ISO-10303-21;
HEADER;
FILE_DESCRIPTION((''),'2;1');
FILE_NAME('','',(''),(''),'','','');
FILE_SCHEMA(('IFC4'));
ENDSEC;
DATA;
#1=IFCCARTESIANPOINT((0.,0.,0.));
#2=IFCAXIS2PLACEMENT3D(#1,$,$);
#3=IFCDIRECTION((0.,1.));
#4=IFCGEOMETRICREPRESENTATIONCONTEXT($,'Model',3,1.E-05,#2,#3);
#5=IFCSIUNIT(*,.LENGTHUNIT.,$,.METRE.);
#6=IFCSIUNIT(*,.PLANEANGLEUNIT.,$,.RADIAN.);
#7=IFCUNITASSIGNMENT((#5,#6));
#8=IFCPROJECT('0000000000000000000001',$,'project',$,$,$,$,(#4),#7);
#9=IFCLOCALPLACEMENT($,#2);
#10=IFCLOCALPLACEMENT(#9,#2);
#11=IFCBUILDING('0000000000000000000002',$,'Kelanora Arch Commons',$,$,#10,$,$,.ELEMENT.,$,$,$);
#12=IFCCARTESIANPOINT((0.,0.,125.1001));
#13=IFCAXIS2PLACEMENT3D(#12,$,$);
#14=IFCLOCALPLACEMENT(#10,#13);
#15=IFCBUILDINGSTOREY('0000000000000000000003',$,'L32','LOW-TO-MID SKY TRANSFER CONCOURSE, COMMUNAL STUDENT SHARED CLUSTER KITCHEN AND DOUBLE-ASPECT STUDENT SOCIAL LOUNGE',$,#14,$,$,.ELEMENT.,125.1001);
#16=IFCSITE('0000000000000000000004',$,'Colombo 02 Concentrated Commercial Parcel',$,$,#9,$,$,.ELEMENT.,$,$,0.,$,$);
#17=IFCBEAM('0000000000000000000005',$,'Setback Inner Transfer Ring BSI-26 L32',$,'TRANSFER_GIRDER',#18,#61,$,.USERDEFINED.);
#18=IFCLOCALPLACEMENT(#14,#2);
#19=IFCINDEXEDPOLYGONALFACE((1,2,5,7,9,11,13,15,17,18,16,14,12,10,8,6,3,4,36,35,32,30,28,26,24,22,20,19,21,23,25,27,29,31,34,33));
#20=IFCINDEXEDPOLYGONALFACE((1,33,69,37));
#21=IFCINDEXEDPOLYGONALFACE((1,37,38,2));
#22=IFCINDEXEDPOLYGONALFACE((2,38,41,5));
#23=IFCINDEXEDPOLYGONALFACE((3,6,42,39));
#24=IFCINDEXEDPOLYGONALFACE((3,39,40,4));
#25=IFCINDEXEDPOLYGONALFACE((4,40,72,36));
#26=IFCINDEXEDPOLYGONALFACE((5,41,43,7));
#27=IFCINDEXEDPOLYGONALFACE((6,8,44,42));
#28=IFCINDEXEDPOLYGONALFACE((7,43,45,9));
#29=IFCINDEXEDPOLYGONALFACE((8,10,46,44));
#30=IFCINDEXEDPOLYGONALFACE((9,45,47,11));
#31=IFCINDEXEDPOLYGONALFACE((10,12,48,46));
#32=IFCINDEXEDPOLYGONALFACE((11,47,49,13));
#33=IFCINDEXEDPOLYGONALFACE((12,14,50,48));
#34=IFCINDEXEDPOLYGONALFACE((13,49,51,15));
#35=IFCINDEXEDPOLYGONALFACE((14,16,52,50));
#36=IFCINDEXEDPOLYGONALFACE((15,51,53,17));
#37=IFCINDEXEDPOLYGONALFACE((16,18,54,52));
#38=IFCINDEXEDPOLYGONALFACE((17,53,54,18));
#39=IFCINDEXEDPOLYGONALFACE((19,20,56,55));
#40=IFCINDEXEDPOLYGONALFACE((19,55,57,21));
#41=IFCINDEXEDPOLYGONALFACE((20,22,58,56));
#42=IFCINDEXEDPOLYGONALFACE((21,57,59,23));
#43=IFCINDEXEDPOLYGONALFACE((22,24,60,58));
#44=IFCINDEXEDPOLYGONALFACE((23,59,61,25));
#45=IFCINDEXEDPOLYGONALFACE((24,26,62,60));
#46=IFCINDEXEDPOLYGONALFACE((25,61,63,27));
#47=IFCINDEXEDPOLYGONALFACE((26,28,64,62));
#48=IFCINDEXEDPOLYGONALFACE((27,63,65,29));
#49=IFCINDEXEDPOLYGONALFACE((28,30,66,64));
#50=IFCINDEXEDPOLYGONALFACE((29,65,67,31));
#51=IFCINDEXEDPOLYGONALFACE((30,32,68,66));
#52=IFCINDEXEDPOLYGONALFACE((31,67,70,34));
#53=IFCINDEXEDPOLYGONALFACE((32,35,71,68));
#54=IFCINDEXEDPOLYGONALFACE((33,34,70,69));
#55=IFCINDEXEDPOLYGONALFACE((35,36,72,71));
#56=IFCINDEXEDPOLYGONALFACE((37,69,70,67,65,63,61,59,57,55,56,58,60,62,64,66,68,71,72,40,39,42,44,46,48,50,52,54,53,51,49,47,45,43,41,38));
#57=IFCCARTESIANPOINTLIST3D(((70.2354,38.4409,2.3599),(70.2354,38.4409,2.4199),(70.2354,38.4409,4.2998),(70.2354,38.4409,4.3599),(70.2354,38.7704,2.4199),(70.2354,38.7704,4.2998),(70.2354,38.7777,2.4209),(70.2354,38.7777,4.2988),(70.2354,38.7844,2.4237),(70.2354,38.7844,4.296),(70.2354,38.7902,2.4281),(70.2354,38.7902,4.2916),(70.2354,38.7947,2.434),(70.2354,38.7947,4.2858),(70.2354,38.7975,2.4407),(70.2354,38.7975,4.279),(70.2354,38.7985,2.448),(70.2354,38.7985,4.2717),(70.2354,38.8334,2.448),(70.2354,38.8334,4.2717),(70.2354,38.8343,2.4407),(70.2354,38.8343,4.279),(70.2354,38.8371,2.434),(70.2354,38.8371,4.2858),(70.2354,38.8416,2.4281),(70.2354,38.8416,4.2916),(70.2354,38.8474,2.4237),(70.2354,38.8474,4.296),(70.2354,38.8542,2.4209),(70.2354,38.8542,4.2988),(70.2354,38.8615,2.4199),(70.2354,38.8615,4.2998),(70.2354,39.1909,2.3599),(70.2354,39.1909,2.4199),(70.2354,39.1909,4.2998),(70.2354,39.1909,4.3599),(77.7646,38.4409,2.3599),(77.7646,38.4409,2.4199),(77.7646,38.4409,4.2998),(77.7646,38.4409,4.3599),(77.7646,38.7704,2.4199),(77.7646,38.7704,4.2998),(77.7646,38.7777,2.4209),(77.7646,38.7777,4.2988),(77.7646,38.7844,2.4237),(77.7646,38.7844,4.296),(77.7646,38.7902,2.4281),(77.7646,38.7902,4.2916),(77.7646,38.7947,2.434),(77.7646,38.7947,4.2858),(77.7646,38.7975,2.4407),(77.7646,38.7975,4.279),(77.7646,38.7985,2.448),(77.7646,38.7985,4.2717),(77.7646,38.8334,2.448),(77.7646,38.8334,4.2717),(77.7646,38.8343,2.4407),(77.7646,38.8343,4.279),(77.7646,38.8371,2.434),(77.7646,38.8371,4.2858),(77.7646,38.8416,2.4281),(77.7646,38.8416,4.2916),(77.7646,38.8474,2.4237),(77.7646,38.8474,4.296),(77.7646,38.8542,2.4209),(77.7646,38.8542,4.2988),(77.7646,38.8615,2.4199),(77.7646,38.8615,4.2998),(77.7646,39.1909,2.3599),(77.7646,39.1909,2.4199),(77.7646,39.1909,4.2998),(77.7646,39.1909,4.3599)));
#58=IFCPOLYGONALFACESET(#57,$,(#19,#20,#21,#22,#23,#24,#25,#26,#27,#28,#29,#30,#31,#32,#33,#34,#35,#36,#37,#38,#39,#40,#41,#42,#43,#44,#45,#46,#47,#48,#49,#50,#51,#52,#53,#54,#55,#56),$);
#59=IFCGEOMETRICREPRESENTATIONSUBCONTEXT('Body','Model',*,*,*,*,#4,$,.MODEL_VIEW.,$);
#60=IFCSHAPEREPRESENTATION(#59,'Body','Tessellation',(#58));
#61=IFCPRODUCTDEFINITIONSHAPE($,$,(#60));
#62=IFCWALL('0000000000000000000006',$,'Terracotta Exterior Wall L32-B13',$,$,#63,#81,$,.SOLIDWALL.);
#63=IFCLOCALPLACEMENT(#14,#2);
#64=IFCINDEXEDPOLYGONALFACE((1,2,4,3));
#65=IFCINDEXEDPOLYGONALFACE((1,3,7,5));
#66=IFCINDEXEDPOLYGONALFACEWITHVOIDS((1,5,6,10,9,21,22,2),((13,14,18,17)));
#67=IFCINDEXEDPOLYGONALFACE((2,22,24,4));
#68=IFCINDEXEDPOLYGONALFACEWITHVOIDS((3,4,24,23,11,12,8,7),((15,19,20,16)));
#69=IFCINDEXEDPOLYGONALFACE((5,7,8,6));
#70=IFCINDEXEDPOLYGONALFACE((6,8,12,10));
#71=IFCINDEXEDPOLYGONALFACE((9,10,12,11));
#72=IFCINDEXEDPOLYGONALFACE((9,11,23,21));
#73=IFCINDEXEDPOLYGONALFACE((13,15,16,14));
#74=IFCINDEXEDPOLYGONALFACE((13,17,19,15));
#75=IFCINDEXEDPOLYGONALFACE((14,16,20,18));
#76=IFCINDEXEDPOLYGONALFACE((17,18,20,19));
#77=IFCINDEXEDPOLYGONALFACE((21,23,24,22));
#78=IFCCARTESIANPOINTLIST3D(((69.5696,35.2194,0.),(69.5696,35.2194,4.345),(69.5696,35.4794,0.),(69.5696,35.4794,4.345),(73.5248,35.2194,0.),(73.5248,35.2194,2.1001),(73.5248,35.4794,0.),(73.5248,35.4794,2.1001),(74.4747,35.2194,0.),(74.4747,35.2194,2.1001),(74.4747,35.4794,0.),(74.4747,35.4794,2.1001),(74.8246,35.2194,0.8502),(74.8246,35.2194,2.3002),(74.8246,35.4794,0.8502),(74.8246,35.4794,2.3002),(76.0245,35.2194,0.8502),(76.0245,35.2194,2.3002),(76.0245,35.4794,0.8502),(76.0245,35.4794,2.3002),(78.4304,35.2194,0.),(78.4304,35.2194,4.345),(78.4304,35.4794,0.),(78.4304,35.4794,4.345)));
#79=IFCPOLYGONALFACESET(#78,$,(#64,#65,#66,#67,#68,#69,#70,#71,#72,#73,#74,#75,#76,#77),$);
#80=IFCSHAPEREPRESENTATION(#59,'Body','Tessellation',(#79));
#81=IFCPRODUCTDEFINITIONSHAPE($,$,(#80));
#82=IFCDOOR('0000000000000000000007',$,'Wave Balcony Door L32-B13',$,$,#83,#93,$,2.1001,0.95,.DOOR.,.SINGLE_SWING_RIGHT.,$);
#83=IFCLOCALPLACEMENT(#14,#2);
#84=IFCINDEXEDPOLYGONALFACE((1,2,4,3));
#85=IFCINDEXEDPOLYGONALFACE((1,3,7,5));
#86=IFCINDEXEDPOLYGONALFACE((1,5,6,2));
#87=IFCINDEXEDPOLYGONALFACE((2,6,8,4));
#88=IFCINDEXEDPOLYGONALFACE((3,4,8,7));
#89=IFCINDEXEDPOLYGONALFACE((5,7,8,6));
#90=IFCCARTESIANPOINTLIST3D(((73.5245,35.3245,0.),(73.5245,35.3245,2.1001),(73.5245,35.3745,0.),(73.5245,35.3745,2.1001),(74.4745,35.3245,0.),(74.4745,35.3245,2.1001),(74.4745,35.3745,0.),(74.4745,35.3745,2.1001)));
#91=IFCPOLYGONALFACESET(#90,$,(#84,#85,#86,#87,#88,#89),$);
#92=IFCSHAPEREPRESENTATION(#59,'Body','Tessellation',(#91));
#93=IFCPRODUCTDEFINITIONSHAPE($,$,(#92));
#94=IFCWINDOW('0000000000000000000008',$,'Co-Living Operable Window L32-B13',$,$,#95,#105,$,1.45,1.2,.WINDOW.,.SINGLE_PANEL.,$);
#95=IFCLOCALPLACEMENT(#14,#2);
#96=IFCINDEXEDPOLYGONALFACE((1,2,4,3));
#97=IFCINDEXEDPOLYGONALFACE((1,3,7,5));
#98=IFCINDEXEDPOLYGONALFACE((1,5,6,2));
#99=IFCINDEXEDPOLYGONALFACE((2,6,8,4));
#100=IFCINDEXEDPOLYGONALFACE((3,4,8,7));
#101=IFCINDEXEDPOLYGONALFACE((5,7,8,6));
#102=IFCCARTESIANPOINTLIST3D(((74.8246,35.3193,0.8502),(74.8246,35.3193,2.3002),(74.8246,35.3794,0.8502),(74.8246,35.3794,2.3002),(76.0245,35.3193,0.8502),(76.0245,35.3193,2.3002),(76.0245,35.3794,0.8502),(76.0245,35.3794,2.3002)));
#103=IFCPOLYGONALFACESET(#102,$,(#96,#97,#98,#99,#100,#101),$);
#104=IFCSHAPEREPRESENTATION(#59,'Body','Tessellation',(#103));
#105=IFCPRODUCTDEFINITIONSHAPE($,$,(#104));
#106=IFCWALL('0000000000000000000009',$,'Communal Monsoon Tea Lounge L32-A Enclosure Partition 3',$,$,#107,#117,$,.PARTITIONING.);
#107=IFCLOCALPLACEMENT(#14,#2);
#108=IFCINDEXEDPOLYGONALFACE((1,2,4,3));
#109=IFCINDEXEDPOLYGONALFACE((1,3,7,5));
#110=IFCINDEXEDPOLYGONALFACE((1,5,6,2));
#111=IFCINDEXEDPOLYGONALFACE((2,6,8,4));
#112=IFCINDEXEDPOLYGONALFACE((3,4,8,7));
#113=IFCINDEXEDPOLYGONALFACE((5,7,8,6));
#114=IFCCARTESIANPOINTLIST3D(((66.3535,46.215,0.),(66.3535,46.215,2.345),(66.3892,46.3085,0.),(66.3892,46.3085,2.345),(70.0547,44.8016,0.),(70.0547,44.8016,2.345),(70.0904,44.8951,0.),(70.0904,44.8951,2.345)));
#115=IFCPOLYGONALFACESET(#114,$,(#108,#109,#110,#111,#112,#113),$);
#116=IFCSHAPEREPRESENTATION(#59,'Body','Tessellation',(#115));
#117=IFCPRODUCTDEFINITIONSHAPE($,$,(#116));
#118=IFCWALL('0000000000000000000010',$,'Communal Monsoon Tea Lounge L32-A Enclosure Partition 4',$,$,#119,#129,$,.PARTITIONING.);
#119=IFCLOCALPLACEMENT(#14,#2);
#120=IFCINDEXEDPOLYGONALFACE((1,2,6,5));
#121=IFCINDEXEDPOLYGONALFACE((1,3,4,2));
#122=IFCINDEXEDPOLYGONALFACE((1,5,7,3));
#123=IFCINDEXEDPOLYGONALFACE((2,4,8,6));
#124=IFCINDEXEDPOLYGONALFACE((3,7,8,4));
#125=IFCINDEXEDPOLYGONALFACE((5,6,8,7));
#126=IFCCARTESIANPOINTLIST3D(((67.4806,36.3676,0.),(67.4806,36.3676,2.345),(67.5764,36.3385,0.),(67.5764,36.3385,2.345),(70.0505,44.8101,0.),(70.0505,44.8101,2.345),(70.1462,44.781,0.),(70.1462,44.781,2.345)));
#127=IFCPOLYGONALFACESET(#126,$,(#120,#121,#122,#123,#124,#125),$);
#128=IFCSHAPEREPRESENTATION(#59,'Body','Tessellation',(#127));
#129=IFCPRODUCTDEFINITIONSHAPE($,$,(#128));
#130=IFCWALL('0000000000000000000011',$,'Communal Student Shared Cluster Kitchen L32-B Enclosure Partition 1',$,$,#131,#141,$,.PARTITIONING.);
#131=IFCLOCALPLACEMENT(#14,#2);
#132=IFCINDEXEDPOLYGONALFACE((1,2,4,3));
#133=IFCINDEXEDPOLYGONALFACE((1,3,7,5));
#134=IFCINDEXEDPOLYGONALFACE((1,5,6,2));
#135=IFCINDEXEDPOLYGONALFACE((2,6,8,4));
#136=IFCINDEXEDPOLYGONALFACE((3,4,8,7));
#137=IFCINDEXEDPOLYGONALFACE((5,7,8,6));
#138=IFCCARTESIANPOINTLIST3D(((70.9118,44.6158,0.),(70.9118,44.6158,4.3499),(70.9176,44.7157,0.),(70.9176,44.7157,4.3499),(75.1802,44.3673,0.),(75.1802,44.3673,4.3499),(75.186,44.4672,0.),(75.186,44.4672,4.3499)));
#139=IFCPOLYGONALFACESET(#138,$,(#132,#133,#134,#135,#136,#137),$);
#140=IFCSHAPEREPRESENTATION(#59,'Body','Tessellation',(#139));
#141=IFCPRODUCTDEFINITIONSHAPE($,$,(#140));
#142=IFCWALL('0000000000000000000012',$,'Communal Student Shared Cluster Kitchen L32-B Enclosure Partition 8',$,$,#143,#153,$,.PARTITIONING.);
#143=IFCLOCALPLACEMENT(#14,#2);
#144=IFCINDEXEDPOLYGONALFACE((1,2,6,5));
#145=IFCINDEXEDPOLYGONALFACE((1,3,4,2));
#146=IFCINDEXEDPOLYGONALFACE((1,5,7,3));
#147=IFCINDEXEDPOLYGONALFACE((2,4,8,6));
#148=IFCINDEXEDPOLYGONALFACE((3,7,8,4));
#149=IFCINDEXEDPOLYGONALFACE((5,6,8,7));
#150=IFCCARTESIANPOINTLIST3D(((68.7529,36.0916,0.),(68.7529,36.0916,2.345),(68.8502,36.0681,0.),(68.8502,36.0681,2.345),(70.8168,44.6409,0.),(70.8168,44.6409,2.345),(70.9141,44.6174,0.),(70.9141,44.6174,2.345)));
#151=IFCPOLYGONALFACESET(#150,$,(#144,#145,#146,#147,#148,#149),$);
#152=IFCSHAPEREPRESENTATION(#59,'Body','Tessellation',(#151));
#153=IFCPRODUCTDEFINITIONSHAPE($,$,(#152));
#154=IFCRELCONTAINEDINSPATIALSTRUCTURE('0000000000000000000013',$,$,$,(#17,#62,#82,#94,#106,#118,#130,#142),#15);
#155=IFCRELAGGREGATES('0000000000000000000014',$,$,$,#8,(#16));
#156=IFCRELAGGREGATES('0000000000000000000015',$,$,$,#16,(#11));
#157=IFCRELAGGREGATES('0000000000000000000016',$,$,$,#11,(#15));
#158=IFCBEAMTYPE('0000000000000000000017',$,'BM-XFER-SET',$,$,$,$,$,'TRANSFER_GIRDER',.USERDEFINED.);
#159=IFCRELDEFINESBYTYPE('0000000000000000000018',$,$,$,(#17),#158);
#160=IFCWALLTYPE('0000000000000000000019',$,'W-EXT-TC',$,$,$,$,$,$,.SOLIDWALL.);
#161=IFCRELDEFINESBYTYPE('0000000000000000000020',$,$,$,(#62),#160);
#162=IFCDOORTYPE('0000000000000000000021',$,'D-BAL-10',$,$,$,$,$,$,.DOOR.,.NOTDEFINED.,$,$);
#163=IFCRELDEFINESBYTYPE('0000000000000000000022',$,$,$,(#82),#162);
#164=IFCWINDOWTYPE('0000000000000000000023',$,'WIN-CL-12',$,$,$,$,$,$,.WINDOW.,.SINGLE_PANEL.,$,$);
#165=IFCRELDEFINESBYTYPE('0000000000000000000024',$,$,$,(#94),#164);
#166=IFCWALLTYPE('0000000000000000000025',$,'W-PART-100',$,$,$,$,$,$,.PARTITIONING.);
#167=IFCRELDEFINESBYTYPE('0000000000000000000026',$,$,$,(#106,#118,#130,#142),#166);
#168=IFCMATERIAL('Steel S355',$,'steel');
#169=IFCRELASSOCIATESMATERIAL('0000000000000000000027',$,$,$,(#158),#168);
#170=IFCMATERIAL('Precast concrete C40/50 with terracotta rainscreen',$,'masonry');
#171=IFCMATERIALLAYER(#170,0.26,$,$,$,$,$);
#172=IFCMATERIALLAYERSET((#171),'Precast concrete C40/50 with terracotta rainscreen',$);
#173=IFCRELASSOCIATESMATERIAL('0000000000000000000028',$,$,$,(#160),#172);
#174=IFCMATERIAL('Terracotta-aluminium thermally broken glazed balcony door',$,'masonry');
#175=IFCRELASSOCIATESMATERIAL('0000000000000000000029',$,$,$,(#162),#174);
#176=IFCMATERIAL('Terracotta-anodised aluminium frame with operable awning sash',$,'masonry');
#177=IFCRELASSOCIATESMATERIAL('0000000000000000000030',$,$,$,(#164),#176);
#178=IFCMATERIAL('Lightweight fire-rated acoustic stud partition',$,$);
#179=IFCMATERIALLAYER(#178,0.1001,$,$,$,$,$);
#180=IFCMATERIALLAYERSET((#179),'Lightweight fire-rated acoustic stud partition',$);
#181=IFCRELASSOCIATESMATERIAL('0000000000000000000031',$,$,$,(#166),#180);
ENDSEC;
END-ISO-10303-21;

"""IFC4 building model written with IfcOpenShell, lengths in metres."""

from ifc_helpers import new_model, si_unit, direction, frame, frame_2d, origin, origin_2d, place, context, subcontext, project, spatial, rectangle, i_section, extrude, material, layer, layer_set, material_profile, profile_set, type_object, element, fill, save


model = new_model("IFC4")

# Units and contexts
model_context = context("Model", 3, precision=1e-05, world=origin(), true_north=direction((0.0, 1.0)))
body_context = subcontext(model_context, "Body", "Model", "MODEL_VIEW")
ifc_project = project(units=[si_unit("LENGTHUNIT", "METRE"), si_unit("PLANEANGLEUNIT", "RADIAN")], contexts=[model_context])

# Site, building, storey
site_placement = place(None, origin())
site = spatial("IfcSite", under=ifc_project, at=site_placement, Name="Colombo 02 Concentrated Commercial Parcel", CompositionType="ELEMENT", RefElevation=0.0)
building_placement = place(site_placement, origin())
building = spatial("IfcBuilding", under=site, at=building_placement, Name="Kelanora Arch Commons", CompositionType="ELEMENT")
storey_placement = place(building_placement, frame((0.0, 0.0, 125.1001)))
storey = spatial("IfcBuildingStorey", under=building, at=storey_placement, Name="L32", Description="LOW-TO-MID SKY TRANSFER CONCOURSE, COMMUNAL STUDENT SHARED CLUSTER KITCHEN AND DOUBLE-ASPECT STUDENT SOCIAL LOUNGE", CompositionType="ELEMENT", Elevation=125.1001)

# Beam
ifc_material_1 = material(Name="Steel S355", Category="steel")
ifc_material_profile_1 = material_profile(ifc_material_1, i_section(OverallWidth=0.75, OverallDepth=2.0, WebThickness=0.0349, FlangeThickness=0.0601, FilletRadius=0.0281, at=origin_2d()), Name="PG2000x750")
ifc_profile_set_1 = profile_set([ifc_material_profile_1], Name="Steel S355")
beam_type_1 = type_object("IfcBeamType", Name="BM-XFER-SET", ElementType="TRANSFER_GIRDER", PredefinedType="USERDEFINED", material=ifc_profile_set_1)
beam_1_placement = place(storey_placement, frame((70.2354, 38.8159, 3.3599), z_axis=(1.0, 0.0, 0.0), x_axis=(0.0, 1.0, 0.0)))
element("IfcBeam", 1, at=beam_1_placement, inside=storey, type_object=beam_type_1, Name="Setback Inner Transfer Ring BSI-26 L32", ObjectType="TRANSFER_GIRDER", PredefinedType="USERDEFINED", context=body_context, shape_type="SweptSolid", body=[
    extrude(i_section(OverallWidth=0.75, OverallDepth=2.0, WebThickness=0.0349, FlangeThickness=0.0601, FilletRadius=0.0281, at=origin_2d()), origin(), (0.0, 0.0, 1.0), 7.5293),
])

# Wall, openings, door, window
ifc_material_2 = material(Name="Precast concrete C40/50 with terracotta rainscreen", Category="masonry")
ifc_layer_1 = layer(ifc_material_2, 0.26)
ifc_layer_set_1 = layer_set([ifc_layer_1], Name="Precast concrete C40/50 with terracotta rainscreen")
wall_type_1 = type_object("IfcWallType", Name="W-EXT-TC", PredefinedType="SOLIDWALL", material=ifc_layer_set_1)
wall_1_placement = place(storey_placement, frame((69.5696, 35.3494, 0.0), z_axis=(0.0, 0.0, 1.0), x_axis=(1.0, 0.0, 0.0)))
wall_1 = element("IfcWall", 2, at=wall_1_placement, inside=storey, type_object=wall_type_1, Name="Terracotta Exterior Wall L32-B13", PredefinedType="SOLIDWALL", context=body_context, shape_type="SweptSolid", body=[
    extrude(rectangle(XDim=8.8608, YDim=0.26, at=frame_2d((4.4304, 0.0))), origin(), (0.0, 0.0, 1.0), 4.345),
])
opening_1_placement = place(wall_1_placement, frame((3.9551, 0.0, 0.0)))
opening_1 = element("IfcOpeningElement", 3, at=opening_1_placement, cuts=wall_1, PredefinedType="OPENING", context=body_context, shape_type="SweptSolid", body=[
    extrude(rectangle(XDim=0.95, YDim=2.1001, at=frame_2d((0.4751, 1.05))), frame((0.0, 0.1401, 0.0), z_axis=(0.0, -1.0, 0.0), x_axis=(1.0, 0.0, 0.0)), (0.0, 0.0, 1.0), 0.28),
])
opening_2_placement = place(wall_1_placement, frame((5.2549, 0.0, 0.8501)))
opening_2 = element("IfcOpeningElement", 4, at=opening_2_placement, cuts=wall_1, PredefinedType="OPENING", context=body_context, shape_type="SweptSolid", body=[
    extrude(rectangle(XDim=1.2, YDim=1.45, at=frame_2d((0.6001, 0.7251))), frame((0.0, 0.1401, 0.0), z_axis=(0.0, -1.0, 0.0), x_axis=(1.0, 0.0, 0.0)), (0.0, 0.0, 1.0), 0.28),
])
ifc_material_3 = material(Name="Terracotta-aluminium thermally broken glazed balcony door", Category="masonry")
door_type_1 = type_object("IfcDoorType", Name="D-BAL-10", OperationType="NOTDEFINED", PredefinedType="DOOR", material=ifc_material_3)
door_1_placement = place(opening_1_placement, frame((0.95, 0.0, 0.0), z_axis=(0.0, 0.0, 1.0), x_axis=(-1.0, 0.0, 0.0)))
door_1 = element("IfcDoor", 5, at=door_1_placement, inside=storey, type_object=door_type_1, Name="Wave Balcony Door L32-B13", OperationType="SINGLE_SWING_RIGHT", OverallHeight=2.1001, OverallWidth=0.95, PredefinedType="DOOR", context=body_context, shape_type="SweptSolid", body=[
    extrude(rectangle(XDim=0.95, YDim=2.1001, at=frame_2d((0.4751, 1.05))), frame((0.0, 0.0249, 0.0), z_axis=(0.0, -1.0, 0.0), x_axis=(1.0, 0.0, 0.0)), (0.0, 0.0, 1.0), 0.05),
])
fill(opening_1, door_1)
ifc_material_4 = material(Name="Terracotta-anodised aluminium frame with operable awning sash", Category="masonry")
window_type = type_object("IfcWindowType", Name="WIN-CL-12", PartitioningType="SINGLE_PANEL", PredefinedType="WINDOW", material=ifc_material_4)
window_placement = place(opening_2_placement, origin())
window = element("IfcWindow", 6, at=window_placement, inside=storey, type_object=window_type, Name="Co-Living Operable Window L32-B13", OverallHeight=1.45, OverallWidth=1.2, PartitioningType="SINGLE_PANEL", PredefinedType="WINDOW", context=body_context, shape_type="SweptSolid", body=[
    extrude(rectangle(XDim=1.2, YDim=1.45, at=frame_2d((0.6001, 0.7251))), frame((0.0, 0.03, 0.0), z_axis=(0.0, -1.0, 0.0), x_axis=(1.0, 0.0, 0.0)), (0.0, 0.0, 1.0), 0.0601),
])
fill(opening_2, window)

# Walls
ifc_material_5 = material(Name="Lightweight fire-rated acoustic stud partition")
ifc_layer_2 = layer(ifc_material_5, 0.1001)
ifc_layer_set_2 = layer_set([ifc_layer_2], Name="Lightweight fire-rated acoustic stud partition")
wall_type_2 = type_object("IfcWallType", Name="W-PART-100", PredefinedType="PARTITIONING", material=ifc_layer_set_2)
wall_2_placement = place(storey_placement, frame((66.3713, 46.2617, 0.0), z_axis=(0.0, 0.0, 1.0), x_axis=(0.934205, -0.356736, 0.0)))
element("IfcWall", 7, at=wall_2_placement, inside=storey, type_object=wall_type_2, Name="Communal Monsoon Tea Lounge L32-A Enclosure Partition 3", PredefinedType="PARTITIONING", context=body_context, shape_type="SweptSolid", body=[
    extrude(rectangle(XDim=3.9619, YDim=0.1001, at=frame_2d((1.981, 0.0))), origin(), (0.0, 0.0, 1.0), 2.345),
])
wall_3_placement = place(storey_placement, frame((70.0984, 44.7957, 0.0), z_axis=(0.0, 0.0, 1.0), x_axis=(-0.291203, -0.956661, 0.0)))
element("IfcWall", 8, at=wall_3_placement, inside=storey, type_object=wall_type_2, Name="Communal Monsoon Tea Lounge L32-A Enclosure Partition 4", PredefinedType="PARTITIONING", context=body_context, shape_type="SweptSolid", body=[
    extrude(rectangle(XDim=8.825, YDim=0.1001, at=frame_2d((4.4126, 0.0))), origin(), (0.0, 0.0, 1.0), 2.345),
])
wall_4_placement = place(storey_placement, frame((70.9148, 44.6658, 0.0), z_axis=(0.0, 0.0, 1.0), x_axis=(0.998309, -0.05813, 0.0)))
element("IfcWall", 9, at=wall_4_placement, inside=storey, type_object=wall_type_2, Name="Communal Student Shared Cluster Kitchen L32-B Enclosure Partition 1", PredefinedType="PARTITIONING", context=body_context, shape_type="SweptSolid", body=[
    extrude(rectangle(XDim=4.2756, YDim=0.1001, at=frame_2d((2.1377, 0.0))), origin(), (0.0, 0.0, 1.0), 4.3499),
])
wall_5_placement = place(storey_placement, frame((68.8015, 36.0798, 0.0), z_axis=(0.0, 0.0, 1.0), x_axis=(0.234677, 0.972073, 0.0)))
element("IfcWall", 10, at=wall_5_placement, inside=storey, type_object=wall_type_2, Name="Communal Student Shared Cluster Kitchen L32-B Enclosure Partition 8", PredefinedType="PARTITIONING", context=body_context, shape_type="SweptSolid", body=[
    extrude(rectangle(XDim=8.7949, YDim=0.1001, at=frame_2d((4.3975, 0.0))), origin(), (0.0, 0.0, 1.0), 2.345),
])

save(model, "model.ifc")
